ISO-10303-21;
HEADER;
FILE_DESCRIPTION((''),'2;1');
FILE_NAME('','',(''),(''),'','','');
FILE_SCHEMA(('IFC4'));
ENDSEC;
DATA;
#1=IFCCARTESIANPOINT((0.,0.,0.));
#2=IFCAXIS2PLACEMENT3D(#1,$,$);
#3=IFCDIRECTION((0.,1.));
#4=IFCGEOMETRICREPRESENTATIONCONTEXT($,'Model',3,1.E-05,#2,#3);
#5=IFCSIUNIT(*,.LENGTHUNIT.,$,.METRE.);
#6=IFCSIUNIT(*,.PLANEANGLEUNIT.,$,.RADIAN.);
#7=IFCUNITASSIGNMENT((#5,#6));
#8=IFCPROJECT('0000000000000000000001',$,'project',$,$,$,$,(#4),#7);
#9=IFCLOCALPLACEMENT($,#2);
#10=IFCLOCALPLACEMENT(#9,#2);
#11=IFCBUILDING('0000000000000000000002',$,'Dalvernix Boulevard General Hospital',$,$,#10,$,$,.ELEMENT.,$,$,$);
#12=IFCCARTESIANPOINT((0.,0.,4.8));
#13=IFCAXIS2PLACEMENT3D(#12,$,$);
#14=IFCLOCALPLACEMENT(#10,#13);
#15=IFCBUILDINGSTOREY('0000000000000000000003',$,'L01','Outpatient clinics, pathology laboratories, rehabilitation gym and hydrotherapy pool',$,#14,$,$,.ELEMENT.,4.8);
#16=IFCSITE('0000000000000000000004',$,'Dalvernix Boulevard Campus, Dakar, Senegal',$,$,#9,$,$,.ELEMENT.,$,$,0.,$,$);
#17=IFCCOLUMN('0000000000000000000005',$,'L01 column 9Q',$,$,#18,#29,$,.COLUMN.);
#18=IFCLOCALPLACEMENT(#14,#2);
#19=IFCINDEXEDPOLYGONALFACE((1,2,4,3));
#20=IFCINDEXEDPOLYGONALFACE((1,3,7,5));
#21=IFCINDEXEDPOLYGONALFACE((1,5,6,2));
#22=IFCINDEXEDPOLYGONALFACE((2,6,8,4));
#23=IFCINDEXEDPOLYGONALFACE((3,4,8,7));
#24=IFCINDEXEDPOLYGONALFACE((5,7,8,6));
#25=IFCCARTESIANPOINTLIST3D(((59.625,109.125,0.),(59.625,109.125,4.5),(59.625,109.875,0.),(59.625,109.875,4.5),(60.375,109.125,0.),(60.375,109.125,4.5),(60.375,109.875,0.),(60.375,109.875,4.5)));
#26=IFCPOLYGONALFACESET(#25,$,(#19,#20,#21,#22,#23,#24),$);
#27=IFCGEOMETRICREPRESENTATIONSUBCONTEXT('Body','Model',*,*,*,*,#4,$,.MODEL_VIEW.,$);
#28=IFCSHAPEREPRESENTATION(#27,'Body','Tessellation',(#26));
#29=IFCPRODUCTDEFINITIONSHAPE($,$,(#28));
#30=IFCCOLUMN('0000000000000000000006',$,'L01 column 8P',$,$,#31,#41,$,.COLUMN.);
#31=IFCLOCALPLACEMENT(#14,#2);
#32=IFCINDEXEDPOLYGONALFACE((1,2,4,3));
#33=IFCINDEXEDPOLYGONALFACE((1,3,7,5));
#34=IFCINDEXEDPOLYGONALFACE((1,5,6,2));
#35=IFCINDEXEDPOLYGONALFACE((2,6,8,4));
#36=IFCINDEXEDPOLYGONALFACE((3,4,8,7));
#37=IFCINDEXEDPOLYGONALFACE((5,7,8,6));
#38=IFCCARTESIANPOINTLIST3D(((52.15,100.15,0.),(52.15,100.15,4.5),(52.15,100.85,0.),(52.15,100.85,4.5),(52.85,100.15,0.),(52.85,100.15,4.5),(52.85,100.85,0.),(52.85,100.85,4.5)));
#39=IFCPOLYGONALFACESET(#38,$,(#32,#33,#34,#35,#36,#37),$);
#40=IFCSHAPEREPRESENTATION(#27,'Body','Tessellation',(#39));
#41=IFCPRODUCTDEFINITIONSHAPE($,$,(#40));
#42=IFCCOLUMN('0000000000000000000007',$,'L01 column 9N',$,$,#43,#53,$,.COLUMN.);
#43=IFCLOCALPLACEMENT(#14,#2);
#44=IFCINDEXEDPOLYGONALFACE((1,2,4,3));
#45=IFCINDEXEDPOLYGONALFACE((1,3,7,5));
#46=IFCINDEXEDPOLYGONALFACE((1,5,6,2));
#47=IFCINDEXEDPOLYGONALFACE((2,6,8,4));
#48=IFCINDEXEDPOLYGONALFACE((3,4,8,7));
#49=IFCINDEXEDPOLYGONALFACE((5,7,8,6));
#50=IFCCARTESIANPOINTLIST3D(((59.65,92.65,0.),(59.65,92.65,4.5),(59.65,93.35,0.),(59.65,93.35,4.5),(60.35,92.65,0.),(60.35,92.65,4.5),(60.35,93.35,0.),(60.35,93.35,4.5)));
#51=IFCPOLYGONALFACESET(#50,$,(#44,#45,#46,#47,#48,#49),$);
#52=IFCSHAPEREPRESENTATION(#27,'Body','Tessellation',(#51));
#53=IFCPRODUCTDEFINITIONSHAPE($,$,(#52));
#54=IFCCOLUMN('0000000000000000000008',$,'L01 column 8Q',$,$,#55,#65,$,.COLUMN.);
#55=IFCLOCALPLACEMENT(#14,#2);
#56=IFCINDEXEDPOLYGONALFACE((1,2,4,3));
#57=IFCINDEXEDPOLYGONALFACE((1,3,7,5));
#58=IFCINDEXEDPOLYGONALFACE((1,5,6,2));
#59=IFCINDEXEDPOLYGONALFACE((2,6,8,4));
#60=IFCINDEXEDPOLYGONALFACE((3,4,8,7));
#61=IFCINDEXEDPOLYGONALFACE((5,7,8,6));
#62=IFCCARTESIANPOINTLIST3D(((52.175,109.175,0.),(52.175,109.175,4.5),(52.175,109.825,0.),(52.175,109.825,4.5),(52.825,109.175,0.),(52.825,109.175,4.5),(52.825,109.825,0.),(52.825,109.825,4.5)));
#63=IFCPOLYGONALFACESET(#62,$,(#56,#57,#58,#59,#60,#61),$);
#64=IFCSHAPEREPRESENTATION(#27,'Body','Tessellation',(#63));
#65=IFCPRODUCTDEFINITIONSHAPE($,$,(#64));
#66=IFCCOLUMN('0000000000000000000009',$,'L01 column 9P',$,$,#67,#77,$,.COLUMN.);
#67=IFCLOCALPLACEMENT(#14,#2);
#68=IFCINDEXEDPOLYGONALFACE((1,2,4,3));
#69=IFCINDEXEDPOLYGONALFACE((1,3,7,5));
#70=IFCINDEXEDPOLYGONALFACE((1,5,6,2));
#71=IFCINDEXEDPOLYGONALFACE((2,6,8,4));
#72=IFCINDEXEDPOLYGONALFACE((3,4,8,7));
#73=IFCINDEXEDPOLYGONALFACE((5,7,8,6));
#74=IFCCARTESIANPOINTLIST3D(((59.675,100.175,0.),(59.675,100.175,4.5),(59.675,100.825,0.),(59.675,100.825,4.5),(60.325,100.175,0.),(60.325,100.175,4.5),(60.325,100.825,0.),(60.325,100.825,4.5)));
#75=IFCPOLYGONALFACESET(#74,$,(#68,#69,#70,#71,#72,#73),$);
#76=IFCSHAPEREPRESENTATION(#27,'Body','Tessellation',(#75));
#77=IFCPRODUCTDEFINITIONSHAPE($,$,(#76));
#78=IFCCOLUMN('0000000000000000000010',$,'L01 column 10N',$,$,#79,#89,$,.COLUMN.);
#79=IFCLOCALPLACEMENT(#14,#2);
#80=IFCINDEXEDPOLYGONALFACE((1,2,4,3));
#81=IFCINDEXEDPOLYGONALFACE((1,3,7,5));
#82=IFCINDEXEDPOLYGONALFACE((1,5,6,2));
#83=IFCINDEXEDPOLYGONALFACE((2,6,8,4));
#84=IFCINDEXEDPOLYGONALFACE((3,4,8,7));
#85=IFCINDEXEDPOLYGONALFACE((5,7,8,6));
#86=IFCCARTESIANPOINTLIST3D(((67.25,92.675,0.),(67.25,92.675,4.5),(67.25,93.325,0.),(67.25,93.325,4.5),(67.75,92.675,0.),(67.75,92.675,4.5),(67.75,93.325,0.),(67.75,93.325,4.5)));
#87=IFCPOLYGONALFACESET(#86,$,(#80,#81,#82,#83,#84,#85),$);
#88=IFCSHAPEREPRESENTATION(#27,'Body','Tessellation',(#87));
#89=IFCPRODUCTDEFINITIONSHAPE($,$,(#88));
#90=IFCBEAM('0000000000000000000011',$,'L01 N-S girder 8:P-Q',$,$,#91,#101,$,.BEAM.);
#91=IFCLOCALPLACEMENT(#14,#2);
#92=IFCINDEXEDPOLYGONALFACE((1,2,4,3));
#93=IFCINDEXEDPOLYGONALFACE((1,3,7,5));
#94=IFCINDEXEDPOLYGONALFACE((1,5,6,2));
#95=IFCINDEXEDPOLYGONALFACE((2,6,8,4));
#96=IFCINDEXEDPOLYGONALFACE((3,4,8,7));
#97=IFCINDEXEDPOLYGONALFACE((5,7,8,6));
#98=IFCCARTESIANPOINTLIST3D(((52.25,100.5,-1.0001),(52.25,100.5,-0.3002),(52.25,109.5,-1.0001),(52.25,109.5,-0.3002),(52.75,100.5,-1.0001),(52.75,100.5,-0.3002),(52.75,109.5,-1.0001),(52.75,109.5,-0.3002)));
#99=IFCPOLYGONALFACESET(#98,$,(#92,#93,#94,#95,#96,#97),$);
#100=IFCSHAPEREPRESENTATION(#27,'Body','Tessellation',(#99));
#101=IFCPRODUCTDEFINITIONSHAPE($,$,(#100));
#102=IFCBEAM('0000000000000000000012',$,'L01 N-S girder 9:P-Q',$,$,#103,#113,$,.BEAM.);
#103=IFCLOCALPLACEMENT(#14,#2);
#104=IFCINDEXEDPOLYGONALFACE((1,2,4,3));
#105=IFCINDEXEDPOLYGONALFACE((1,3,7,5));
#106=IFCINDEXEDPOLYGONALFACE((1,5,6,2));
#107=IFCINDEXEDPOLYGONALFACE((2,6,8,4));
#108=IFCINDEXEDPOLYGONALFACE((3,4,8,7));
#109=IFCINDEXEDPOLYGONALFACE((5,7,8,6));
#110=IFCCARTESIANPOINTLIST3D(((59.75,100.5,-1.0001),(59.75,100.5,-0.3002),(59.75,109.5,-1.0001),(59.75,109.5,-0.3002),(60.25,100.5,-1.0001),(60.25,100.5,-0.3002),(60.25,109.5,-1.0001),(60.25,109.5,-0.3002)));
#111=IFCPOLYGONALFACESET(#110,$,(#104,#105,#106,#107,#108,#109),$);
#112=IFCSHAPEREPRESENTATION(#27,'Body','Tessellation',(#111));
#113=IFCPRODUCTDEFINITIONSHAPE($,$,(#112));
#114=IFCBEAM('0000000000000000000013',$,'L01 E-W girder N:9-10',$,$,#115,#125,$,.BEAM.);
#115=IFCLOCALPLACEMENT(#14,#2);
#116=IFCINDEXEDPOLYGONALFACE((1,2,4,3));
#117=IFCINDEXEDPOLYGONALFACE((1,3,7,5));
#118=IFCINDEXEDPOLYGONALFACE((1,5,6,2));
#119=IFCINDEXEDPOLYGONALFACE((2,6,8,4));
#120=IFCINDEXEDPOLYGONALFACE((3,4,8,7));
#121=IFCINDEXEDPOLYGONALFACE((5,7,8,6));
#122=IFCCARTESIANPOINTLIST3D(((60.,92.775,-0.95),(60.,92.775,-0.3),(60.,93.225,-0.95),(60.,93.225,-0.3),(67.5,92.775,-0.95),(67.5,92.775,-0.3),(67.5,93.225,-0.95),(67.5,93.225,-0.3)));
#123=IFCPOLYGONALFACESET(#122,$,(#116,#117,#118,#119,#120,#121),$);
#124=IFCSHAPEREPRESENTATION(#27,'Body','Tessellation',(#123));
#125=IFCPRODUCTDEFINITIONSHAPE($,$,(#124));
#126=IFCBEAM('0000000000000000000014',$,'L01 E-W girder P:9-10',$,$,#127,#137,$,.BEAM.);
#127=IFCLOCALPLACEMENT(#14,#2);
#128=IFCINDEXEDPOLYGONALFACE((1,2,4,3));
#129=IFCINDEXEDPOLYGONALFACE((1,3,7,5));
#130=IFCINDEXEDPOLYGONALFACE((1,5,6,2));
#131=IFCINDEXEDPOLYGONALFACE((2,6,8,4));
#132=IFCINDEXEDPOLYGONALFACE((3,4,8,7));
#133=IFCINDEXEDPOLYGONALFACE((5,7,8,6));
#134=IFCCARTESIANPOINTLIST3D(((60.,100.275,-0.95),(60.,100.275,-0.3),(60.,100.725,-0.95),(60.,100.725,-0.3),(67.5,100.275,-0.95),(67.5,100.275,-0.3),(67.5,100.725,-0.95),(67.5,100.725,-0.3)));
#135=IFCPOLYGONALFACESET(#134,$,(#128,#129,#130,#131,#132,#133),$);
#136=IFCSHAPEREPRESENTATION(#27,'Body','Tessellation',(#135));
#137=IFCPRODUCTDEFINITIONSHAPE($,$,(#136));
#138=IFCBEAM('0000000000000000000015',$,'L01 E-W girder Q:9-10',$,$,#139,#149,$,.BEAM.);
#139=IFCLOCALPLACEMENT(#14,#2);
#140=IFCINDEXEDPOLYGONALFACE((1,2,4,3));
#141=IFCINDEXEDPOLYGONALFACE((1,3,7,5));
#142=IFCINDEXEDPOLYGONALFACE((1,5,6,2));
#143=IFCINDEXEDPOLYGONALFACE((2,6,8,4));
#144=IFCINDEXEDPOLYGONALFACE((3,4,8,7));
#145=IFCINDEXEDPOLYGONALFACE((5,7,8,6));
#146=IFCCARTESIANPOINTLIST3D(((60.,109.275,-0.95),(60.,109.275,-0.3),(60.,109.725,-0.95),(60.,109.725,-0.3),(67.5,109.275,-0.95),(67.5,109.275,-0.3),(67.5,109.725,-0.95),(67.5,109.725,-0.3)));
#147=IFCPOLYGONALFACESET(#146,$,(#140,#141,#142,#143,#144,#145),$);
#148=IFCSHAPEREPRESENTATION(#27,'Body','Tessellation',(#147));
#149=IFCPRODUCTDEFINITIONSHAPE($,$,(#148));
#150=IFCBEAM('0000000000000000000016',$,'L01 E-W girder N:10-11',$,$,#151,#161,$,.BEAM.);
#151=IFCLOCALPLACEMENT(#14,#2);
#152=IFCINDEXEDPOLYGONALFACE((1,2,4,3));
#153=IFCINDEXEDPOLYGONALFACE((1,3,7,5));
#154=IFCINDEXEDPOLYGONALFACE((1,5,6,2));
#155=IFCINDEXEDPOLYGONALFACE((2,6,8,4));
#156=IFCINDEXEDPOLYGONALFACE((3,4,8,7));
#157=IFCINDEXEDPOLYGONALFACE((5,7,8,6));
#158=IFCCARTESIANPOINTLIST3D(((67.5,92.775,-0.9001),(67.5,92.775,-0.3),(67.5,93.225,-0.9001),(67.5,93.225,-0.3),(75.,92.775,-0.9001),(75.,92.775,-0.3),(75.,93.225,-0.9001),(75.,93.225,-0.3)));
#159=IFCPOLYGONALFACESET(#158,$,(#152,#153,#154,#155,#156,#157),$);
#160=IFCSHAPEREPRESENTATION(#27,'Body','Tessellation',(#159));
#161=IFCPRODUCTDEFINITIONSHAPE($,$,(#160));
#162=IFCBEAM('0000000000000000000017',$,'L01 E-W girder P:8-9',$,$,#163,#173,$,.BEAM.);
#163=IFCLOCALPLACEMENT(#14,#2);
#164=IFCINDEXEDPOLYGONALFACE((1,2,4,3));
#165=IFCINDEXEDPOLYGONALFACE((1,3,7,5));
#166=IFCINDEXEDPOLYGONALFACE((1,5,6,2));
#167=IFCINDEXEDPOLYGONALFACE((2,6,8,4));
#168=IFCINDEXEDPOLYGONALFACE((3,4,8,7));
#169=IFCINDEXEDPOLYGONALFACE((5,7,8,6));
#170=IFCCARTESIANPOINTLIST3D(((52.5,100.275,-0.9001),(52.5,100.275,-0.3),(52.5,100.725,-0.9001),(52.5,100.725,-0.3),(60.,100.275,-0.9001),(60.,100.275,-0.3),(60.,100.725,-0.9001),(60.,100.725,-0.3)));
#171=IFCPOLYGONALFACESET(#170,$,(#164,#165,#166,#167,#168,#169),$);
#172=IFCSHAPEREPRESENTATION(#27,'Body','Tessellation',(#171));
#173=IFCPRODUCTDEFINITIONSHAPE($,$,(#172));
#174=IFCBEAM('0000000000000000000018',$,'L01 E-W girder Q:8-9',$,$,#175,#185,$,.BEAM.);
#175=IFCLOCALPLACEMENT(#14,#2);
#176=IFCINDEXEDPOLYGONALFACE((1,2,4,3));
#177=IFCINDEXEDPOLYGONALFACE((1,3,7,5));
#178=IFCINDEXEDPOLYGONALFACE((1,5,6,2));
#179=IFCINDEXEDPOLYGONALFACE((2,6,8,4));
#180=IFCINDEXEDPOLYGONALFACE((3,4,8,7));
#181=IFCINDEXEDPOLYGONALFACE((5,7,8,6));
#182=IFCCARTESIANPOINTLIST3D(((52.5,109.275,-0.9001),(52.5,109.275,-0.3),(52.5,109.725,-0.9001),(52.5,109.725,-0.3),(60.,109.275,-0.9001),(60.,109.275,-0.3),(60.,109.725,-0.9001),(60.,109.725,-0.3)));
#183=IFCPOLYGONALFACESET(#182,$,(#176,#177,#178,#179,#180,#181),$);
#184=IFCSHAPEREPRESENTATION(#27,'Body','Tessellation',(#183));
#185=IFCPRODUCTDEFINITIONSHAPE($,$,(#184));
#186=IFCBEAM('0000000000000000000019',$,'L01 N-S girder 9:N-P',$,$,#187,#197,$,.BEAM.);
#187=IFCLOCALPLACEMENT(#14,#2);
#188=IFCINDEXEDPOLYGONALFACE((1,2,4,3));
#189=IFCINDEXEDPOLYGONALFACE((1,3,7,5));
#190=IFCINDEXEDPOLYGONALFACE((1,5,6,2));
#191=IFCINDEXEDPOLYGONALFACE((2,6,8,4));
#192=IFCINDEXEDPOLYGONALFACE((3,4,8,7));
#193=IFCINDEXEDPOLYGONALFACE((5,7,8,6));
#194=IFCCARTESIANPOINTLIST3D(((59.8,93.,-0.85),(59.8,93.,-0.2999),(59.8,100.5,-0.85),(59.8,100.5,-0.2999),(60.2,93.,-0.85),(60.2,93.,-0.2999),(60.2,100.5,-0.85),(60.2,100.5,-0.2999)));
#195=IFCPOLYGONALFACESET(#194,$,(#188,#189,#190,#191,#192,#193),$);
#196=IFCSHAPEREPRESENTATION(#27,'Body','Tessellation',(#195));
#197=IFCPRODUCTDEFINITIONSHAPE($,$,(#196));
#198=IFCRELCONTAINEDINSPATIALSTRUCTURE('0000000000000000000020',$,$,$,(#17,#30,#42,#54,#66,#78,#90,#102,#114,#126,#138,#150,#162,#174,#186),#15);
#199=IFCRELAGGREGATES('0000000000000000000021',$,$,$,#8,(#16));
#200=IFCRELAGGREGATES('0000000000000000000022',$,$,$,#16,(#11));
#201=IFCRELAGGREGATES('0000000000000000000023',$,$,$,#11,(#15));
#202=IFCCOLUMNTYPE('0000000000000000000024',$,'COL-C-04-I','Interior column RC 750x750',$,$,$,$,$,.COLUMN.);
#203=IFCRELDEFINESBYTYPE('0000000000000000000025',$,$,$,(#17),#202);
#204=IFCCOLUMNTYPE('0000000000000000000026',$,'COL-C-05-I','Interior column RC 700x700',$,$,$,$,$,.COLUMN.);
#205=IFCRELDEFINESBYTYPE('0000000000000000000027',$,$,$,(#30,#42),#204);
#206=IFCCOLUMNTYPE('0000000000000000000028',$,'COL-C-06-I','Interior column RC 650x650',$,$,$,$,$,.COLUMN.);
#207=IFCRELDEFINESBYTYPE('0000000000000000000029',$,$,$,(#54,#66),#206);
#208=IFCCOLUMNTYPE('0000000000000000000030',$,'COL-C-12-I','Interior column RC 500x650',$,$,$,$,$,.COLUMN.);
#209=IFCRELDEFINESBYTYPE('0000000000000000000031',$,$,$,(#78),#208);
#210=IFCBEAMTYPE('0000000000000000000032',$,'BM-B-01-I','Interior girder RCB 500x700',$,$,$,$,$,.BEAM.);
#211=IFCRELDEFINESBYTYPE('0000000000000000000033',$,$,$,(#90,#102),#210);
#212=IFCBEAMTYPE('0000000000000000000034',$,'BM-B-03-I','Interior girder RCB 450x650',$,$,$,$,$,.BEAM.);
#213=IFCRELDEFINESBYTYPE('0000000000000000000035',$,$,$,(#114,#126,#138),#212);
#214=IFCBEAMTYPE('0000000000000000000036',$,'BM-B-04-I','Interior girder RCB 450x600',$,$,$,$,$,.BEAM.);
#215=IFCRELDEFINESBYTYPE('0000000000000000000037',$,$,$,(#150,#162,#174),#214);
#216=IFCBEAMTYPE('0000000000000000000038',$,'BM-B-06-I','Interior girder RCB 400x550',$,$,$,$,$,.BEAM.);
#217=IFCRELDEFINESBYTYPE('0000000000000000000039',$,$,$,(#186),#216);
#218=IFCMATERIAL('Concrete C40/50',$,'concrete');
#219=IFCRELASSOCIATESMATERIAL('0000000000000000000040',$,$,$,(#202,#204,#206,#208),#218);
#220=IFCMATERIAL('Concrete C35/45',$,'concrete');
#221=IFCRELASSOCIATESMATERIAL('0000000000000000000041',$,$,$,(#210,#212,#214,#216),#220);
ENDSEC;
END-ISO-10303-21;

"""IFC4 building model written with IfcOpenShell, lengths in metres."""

from ifc_helpers import new_model, si_unit, direction, frame, origin, origin_2d, place, context, subcontext, project, spatial, rectangle, extrude, material, material_profile, profile_set, type_object, element, save


model = new_model("IFC4")

# Units and contexts
model_context = context("Model", 3, precision=1e-05, world=origin(), true_north=direction((0.0, 1.0)))
body_context = subcontext(model_context, "Body", "Model", "MODEL_VIEW")
ifc_project = project(units=[si_unit("LENGTHUNIT", "METRE"), si_unit("PLANEANGLEUNIT", "RADIAN")], contexts=[model_context])

# Site, building, storey
site_placement = place(None, origin())
site = spatial("IfcSite", under=ifc_project, at=site_placement, Name="Dalvernix Boulevard Campus, Dakar, Senegal", CompositionType="ELEMENT", RefElevation=0.0)
building_placement = place(site_placement, origin())
building = spatial("IfcBuilding", under=site, at=building_placement, Name="Dalvernix Boulevard General Hospital", CompositionType="ELEMENT")
storey_placement = place(building_placement, frame((0.0, 0.0, 4.8)))
storey = spatial("IfcBuildingStorey", under=building, at=storey_placement, Name="L01", Description="Outpatient clinics, pathology laboratories, rehabilitation gym and hydrotherapy pool", CompositionType="ELEMENT", Elevation=4.8)

# Columns
ifc_material_1 = material(Name="Concrete C40/50", Category="concrete")
ifc_material_profile_1 = material_profile(ifc_material_1, rectangle(XDim=0.75, YDim=0.75, at=origin_2d()), Name="RC 750x750")
ifc_profile_set_1 = profile_set([ifc_material_profile_1], Name="Concrete C40/50")
column_type_1 = type_object("IfcColumnType", Name="COL-C-04-I", Description="Interior column RC 750x750", PredefinedType="COLUMN", material=ifc_profile_set_1)
column_1_placement = place(storey_placement, frame((60.0, 109.5, 0.0), z_axis=(0.0, 0.0, 1.0), x_axis=(1.0, 0.0, 0.0)))
element("IfcColumn", 1, at=column_1_placement, inside=storey, type_object=column_type_1, Name="L01 column 9Q", PredefinedType="COLUMN", context=body_context, shape_type="SweptSolid", body=[
    extrude(rectangle(XDim=0.75, YDim=0.75, at=origin_2d()), origin(), (0.0, 0.0, 1.0), 4.5),
])
ifc_material_profile_2 = material_profile(ifc_material_1, rectangle(XDim=0.7, YDim=0.7, at=origin_2d()), Name="RC 700x700")
ifc_profile_set_2 = profile_set([ifc_material_profile_2], Name="Concrete C40/50")
column_type_2 = type_object("IfcColumnType", Name="COL-C-05-I", Description="Interior column RC 700x700", PredefinedType="COLUMN", material=ifc_profile_set_2)
for number, where, z_axis, x_axis, name in (
    (2, (52.5, 100.5, 0.0), (0.0, 0.0, 1.0), (1.0, 0.0, 0.0), "L01 column 8P"),
    (3, (60.0, 93.0, 0.0), (0.0, 0.0, 1.0), (1.0, 0.0, 0.0), "L01 column 9N"),
):
    element("IfcColumn", number, at=place(storey_placement, frame(where, z_axis=z_axis, x_axis=x_axis)), inside=storey, type_object=column_type_2, Name=name, PredefinedType="COLUMN", context=body_context, shape_type="SweptSolid", body=[
        extrude(rectangle(XDim=0.7, YDim=0.7, at=origin_2d()), origin(), (0.0, 0.0, 1.0), 4.5),
    ])
ifc_material_profile_3 = material_profile(ifc_material_1, rectangle(XDim=0.6499, YDim=0.6499, at=origin_2d()), Name="RC 650x650")
ifc_profile_set_3 = profile_set([ifc_material_profile_3], Name="Concrete C40/50")
column_type_3 = type_object("IfcColumnType", Name="COL-C-06-I", Description="Interior column RC 650x650", PredefinedType="COLUMN", material=ifc_profile_set_3)
for number, where, z_axis, x_axis, name in (
    (4, (52.5, 109.5, 0.0), (0.0, 0.0, 1.0), (1.0, 0.0, 0.0), "L01 column 8Q"),
    (5, (60.0, 100.5, 0.0), (0.0, 0.0, 1.0), (1.0, 0.0, 0.0), "L01 column 9P"),
):
    element("IfcColumn", number, at=place(storey_placement, frame(where, z_axis=z_axis, x_axis=x_axis)), inside=storey, type_object=column_type_3, Name=name, PredefinedType="COLUMN", context=body_context, shape_type="SweptSolid", body=[
        extrude(rectangle(XDim=0.6499, YDim=0.6499, at=origin_2d()), origin(), (0.0, 0.0, 1.0), 4.5),
    ])
ifc_material_profile_4 = material_profile(ifc_material_1, rectangle(XDim=0.5, YDim=0.6499, at=origin_2d()), Name="RC 500x650")
ifc_profile_set_4 = profile_set([ifc_material_profile_4], Name="Concrete C40/50")
column_type_4 = type_object("IfcColumnType", Name="COL-C-12-I", Description="Interior column RC 500x650", PredefinedType="COLUMN", material=ifc_profile_set_4)
column_2_placement = place(storey_placement, frame((67.5, 93.0, 0.0), z_axis=(0.0, 0.0, 1.0), x_axis=(1.0, 0.0, 0.0)))
element("IfcColumn", 6, at=column_2_placement, inside=storey, type_object=column_type_4, Name="L01 column 10N", PredefinedType="COLUMN", context=body_context, shape_type="SweptSolid", body=[
    extrude(rectangle(XDim=0.5, YDim=0.6499, at=origin_2d()), origin(), (0.0, 0.0, 1.0), 4.5),
])

# Beams
ifc_material_2 = material(Name="Concrete C35/45", Category="concrete")
ifc_material_profile_5 = material_profile(ifc_material_2, rectangle(XDim=0.5, YDim=0.7, at=origin_2d()), Name="RCB 500x700")
ifc_profile_set_5 = profile_set([ifc_material_profile_5], Name="Concrete C35/45")
beam_type_1 = type_object("IfcBeamType", Name="BM-B-01-I", Description="Interior girder RCB 500x700", PredefinedType="BEAM", material=ifc_profile_set_5)
for number, where, z_axis, x_axis, name in (
    (7, (52.5, 100.5, -0.6501), (0.0, 1.0, 0.0), (-1.0, 0.0, 0.0), "L01 N-S girder 8:P-Q"),
    (8, (60.0, 100.5, -0.6501), (0.0, 1.0, 0.0), (-1.0, 0.0, 0.0), "L01 N-S girder 9:P-Q"),
):
    element("IfcBeam", number, at=place(storey_placement, frame(where, z_axis=z_axis, x_axis=x_axis)), inside=storey, type_object=beam_type_1, Name=name, PredefinedType="BEAM", context=body_context, shape_type="SweptSolid", body=[
        extrude(rectangle(XDim=0.5, YDim=0.7, at=origin_2d()), origin(), (0.0, 0.0, 1.0), 9.0),
    ])
ifc_material_profile_6 = material_profile(ifc_material_2, rectangle(XDim=0.45, YDim=0.6499, at=origin_2d()), Name="RCB 450x650")
ifc_profile_set_6 = profile_set([ifc_material_profile_6], Name="Concrete C35/45")
beam_type_2 = type_object("IfcBeamType", Name="BM-B-03-I", Description="Interior girder RCB 450x650", PredefinedType="BEAM", material=ifc_profile_set_6)
for number, where, z_axis, x_axis, name in (
    (9, (60.0, 93.0, -0.625), (1.0, 0.0, 0.0), (0.0, 1.0, 0.0), "L01 E-W girder N:9-10"),
    (10, (60.0, 100.5, -0.625), (1.0, 0.0, 0.0), (0.0, 1.0, 0.0), "L01 E-W girder P:9-10"),
    (11, (60.0, 109.5, -0.625), (1.0, 0.0, 0.0), (0.0, 1.0, 0.0), "L01 E-W girder Q:9-10"),
):
    element("IfcBeam", number, at=place(storey_placement, frame(where, z_axis=z_axis, x_axis=x_axis)), inside=storey, type_object=beam_type_2, Name=name, PredefinedType="BEAM", context=body_context, shape_type="SweptSolid", body=[
        extrude(rectangle(XDim=0.45, YDim=0.6499, at=origin_2d()), origin(), (0.0, 0.0, 1.0), 7.5),
    ])
ifc_material_profile_7 = material_profile(ifc_material_2, rectangle(XDim=0.45, YDim=0.6001, at=origin_2d()), Name="RCB 450x600")
ifc_profile_set_7 = profile_set([ifc_material_profile_7], Name="Concrete C35/45")
beam_type_3 = type_object("IfcBeamType", Name="BM-B-04-I", Description="Interior girder RCB 450x600", PredefinedType="BEAM", material=ifc_profile_set_7)
for number, where, z_axis, x_axis, name in (
    (12, (67.5, 93.0, -0.6001), (1.0, 0.0, 0.0), (0.0, 1.0, 0.0), "L01 E-W girder N:10-11"),
    (13, (52.5, 100.5, -0.6001), (1.0, 0.0, 0.0), (0.0, 1.0, 0.0), "L01 E-W girder P:8-9"),
    (14, (52.5, 109.5, -0.6001), (1.0, 0.0, 0.0), (0.0, 1.0, 0.0), "L01 E-W girder Q:8-9"),
):
    element("IfcBeam", number, at=place(storey_placement, frame(where, z_axis=z_axis, x_axis=x_axis)), inside=storey, type_object=beam_type_3, Name=name, PredefinedType="BEAM", context=body_context, shape_type="SweptSolid", body=[
        extrude(rectangle(XDim=0.45, YDim=0.6001, at=origin_2d()), origin(), (0.0, 0.0, 1.0), 7.5),
    ])
ifc_material_profile_8 = material_profile(ifc_material_2, rectangle(XDim=0.3999, YDim=0.55, at=origin_2d()), Name="RCB 400x550")
ifc_profile_set_8 = profile_set([ifc_material_profile_8], Name="Concrete C35/45")
beam_type_4 = type_object("IfcBeamType", Name="BM-B-06-I", Description="Interior girder RCB 400x550", PredefinedType="BEAM", material=ifc_profile_set_8)
beam_placement = place(storey_placement, frame((60.0, 93.0, -0.575), z_axis=(0.0, 1.0, 0.0), x_axis=(-1.0, 0.0, 0.0)))
element("IfcBeam", 15, at=beam_placement, inside=storey, type_object=beam_type_4, Name="L01 N-S girder 9:N-P", PredefinedType="BEAM", context=body_context, shape_type="SweptSolid", body=[
    extrude(rectangle(XDim=0.3999, YDim=0.55, at=origin_2d()), origin(), (0.0, 0.0, 1.0), 7.5),
])

save(model, "model.ifc")
